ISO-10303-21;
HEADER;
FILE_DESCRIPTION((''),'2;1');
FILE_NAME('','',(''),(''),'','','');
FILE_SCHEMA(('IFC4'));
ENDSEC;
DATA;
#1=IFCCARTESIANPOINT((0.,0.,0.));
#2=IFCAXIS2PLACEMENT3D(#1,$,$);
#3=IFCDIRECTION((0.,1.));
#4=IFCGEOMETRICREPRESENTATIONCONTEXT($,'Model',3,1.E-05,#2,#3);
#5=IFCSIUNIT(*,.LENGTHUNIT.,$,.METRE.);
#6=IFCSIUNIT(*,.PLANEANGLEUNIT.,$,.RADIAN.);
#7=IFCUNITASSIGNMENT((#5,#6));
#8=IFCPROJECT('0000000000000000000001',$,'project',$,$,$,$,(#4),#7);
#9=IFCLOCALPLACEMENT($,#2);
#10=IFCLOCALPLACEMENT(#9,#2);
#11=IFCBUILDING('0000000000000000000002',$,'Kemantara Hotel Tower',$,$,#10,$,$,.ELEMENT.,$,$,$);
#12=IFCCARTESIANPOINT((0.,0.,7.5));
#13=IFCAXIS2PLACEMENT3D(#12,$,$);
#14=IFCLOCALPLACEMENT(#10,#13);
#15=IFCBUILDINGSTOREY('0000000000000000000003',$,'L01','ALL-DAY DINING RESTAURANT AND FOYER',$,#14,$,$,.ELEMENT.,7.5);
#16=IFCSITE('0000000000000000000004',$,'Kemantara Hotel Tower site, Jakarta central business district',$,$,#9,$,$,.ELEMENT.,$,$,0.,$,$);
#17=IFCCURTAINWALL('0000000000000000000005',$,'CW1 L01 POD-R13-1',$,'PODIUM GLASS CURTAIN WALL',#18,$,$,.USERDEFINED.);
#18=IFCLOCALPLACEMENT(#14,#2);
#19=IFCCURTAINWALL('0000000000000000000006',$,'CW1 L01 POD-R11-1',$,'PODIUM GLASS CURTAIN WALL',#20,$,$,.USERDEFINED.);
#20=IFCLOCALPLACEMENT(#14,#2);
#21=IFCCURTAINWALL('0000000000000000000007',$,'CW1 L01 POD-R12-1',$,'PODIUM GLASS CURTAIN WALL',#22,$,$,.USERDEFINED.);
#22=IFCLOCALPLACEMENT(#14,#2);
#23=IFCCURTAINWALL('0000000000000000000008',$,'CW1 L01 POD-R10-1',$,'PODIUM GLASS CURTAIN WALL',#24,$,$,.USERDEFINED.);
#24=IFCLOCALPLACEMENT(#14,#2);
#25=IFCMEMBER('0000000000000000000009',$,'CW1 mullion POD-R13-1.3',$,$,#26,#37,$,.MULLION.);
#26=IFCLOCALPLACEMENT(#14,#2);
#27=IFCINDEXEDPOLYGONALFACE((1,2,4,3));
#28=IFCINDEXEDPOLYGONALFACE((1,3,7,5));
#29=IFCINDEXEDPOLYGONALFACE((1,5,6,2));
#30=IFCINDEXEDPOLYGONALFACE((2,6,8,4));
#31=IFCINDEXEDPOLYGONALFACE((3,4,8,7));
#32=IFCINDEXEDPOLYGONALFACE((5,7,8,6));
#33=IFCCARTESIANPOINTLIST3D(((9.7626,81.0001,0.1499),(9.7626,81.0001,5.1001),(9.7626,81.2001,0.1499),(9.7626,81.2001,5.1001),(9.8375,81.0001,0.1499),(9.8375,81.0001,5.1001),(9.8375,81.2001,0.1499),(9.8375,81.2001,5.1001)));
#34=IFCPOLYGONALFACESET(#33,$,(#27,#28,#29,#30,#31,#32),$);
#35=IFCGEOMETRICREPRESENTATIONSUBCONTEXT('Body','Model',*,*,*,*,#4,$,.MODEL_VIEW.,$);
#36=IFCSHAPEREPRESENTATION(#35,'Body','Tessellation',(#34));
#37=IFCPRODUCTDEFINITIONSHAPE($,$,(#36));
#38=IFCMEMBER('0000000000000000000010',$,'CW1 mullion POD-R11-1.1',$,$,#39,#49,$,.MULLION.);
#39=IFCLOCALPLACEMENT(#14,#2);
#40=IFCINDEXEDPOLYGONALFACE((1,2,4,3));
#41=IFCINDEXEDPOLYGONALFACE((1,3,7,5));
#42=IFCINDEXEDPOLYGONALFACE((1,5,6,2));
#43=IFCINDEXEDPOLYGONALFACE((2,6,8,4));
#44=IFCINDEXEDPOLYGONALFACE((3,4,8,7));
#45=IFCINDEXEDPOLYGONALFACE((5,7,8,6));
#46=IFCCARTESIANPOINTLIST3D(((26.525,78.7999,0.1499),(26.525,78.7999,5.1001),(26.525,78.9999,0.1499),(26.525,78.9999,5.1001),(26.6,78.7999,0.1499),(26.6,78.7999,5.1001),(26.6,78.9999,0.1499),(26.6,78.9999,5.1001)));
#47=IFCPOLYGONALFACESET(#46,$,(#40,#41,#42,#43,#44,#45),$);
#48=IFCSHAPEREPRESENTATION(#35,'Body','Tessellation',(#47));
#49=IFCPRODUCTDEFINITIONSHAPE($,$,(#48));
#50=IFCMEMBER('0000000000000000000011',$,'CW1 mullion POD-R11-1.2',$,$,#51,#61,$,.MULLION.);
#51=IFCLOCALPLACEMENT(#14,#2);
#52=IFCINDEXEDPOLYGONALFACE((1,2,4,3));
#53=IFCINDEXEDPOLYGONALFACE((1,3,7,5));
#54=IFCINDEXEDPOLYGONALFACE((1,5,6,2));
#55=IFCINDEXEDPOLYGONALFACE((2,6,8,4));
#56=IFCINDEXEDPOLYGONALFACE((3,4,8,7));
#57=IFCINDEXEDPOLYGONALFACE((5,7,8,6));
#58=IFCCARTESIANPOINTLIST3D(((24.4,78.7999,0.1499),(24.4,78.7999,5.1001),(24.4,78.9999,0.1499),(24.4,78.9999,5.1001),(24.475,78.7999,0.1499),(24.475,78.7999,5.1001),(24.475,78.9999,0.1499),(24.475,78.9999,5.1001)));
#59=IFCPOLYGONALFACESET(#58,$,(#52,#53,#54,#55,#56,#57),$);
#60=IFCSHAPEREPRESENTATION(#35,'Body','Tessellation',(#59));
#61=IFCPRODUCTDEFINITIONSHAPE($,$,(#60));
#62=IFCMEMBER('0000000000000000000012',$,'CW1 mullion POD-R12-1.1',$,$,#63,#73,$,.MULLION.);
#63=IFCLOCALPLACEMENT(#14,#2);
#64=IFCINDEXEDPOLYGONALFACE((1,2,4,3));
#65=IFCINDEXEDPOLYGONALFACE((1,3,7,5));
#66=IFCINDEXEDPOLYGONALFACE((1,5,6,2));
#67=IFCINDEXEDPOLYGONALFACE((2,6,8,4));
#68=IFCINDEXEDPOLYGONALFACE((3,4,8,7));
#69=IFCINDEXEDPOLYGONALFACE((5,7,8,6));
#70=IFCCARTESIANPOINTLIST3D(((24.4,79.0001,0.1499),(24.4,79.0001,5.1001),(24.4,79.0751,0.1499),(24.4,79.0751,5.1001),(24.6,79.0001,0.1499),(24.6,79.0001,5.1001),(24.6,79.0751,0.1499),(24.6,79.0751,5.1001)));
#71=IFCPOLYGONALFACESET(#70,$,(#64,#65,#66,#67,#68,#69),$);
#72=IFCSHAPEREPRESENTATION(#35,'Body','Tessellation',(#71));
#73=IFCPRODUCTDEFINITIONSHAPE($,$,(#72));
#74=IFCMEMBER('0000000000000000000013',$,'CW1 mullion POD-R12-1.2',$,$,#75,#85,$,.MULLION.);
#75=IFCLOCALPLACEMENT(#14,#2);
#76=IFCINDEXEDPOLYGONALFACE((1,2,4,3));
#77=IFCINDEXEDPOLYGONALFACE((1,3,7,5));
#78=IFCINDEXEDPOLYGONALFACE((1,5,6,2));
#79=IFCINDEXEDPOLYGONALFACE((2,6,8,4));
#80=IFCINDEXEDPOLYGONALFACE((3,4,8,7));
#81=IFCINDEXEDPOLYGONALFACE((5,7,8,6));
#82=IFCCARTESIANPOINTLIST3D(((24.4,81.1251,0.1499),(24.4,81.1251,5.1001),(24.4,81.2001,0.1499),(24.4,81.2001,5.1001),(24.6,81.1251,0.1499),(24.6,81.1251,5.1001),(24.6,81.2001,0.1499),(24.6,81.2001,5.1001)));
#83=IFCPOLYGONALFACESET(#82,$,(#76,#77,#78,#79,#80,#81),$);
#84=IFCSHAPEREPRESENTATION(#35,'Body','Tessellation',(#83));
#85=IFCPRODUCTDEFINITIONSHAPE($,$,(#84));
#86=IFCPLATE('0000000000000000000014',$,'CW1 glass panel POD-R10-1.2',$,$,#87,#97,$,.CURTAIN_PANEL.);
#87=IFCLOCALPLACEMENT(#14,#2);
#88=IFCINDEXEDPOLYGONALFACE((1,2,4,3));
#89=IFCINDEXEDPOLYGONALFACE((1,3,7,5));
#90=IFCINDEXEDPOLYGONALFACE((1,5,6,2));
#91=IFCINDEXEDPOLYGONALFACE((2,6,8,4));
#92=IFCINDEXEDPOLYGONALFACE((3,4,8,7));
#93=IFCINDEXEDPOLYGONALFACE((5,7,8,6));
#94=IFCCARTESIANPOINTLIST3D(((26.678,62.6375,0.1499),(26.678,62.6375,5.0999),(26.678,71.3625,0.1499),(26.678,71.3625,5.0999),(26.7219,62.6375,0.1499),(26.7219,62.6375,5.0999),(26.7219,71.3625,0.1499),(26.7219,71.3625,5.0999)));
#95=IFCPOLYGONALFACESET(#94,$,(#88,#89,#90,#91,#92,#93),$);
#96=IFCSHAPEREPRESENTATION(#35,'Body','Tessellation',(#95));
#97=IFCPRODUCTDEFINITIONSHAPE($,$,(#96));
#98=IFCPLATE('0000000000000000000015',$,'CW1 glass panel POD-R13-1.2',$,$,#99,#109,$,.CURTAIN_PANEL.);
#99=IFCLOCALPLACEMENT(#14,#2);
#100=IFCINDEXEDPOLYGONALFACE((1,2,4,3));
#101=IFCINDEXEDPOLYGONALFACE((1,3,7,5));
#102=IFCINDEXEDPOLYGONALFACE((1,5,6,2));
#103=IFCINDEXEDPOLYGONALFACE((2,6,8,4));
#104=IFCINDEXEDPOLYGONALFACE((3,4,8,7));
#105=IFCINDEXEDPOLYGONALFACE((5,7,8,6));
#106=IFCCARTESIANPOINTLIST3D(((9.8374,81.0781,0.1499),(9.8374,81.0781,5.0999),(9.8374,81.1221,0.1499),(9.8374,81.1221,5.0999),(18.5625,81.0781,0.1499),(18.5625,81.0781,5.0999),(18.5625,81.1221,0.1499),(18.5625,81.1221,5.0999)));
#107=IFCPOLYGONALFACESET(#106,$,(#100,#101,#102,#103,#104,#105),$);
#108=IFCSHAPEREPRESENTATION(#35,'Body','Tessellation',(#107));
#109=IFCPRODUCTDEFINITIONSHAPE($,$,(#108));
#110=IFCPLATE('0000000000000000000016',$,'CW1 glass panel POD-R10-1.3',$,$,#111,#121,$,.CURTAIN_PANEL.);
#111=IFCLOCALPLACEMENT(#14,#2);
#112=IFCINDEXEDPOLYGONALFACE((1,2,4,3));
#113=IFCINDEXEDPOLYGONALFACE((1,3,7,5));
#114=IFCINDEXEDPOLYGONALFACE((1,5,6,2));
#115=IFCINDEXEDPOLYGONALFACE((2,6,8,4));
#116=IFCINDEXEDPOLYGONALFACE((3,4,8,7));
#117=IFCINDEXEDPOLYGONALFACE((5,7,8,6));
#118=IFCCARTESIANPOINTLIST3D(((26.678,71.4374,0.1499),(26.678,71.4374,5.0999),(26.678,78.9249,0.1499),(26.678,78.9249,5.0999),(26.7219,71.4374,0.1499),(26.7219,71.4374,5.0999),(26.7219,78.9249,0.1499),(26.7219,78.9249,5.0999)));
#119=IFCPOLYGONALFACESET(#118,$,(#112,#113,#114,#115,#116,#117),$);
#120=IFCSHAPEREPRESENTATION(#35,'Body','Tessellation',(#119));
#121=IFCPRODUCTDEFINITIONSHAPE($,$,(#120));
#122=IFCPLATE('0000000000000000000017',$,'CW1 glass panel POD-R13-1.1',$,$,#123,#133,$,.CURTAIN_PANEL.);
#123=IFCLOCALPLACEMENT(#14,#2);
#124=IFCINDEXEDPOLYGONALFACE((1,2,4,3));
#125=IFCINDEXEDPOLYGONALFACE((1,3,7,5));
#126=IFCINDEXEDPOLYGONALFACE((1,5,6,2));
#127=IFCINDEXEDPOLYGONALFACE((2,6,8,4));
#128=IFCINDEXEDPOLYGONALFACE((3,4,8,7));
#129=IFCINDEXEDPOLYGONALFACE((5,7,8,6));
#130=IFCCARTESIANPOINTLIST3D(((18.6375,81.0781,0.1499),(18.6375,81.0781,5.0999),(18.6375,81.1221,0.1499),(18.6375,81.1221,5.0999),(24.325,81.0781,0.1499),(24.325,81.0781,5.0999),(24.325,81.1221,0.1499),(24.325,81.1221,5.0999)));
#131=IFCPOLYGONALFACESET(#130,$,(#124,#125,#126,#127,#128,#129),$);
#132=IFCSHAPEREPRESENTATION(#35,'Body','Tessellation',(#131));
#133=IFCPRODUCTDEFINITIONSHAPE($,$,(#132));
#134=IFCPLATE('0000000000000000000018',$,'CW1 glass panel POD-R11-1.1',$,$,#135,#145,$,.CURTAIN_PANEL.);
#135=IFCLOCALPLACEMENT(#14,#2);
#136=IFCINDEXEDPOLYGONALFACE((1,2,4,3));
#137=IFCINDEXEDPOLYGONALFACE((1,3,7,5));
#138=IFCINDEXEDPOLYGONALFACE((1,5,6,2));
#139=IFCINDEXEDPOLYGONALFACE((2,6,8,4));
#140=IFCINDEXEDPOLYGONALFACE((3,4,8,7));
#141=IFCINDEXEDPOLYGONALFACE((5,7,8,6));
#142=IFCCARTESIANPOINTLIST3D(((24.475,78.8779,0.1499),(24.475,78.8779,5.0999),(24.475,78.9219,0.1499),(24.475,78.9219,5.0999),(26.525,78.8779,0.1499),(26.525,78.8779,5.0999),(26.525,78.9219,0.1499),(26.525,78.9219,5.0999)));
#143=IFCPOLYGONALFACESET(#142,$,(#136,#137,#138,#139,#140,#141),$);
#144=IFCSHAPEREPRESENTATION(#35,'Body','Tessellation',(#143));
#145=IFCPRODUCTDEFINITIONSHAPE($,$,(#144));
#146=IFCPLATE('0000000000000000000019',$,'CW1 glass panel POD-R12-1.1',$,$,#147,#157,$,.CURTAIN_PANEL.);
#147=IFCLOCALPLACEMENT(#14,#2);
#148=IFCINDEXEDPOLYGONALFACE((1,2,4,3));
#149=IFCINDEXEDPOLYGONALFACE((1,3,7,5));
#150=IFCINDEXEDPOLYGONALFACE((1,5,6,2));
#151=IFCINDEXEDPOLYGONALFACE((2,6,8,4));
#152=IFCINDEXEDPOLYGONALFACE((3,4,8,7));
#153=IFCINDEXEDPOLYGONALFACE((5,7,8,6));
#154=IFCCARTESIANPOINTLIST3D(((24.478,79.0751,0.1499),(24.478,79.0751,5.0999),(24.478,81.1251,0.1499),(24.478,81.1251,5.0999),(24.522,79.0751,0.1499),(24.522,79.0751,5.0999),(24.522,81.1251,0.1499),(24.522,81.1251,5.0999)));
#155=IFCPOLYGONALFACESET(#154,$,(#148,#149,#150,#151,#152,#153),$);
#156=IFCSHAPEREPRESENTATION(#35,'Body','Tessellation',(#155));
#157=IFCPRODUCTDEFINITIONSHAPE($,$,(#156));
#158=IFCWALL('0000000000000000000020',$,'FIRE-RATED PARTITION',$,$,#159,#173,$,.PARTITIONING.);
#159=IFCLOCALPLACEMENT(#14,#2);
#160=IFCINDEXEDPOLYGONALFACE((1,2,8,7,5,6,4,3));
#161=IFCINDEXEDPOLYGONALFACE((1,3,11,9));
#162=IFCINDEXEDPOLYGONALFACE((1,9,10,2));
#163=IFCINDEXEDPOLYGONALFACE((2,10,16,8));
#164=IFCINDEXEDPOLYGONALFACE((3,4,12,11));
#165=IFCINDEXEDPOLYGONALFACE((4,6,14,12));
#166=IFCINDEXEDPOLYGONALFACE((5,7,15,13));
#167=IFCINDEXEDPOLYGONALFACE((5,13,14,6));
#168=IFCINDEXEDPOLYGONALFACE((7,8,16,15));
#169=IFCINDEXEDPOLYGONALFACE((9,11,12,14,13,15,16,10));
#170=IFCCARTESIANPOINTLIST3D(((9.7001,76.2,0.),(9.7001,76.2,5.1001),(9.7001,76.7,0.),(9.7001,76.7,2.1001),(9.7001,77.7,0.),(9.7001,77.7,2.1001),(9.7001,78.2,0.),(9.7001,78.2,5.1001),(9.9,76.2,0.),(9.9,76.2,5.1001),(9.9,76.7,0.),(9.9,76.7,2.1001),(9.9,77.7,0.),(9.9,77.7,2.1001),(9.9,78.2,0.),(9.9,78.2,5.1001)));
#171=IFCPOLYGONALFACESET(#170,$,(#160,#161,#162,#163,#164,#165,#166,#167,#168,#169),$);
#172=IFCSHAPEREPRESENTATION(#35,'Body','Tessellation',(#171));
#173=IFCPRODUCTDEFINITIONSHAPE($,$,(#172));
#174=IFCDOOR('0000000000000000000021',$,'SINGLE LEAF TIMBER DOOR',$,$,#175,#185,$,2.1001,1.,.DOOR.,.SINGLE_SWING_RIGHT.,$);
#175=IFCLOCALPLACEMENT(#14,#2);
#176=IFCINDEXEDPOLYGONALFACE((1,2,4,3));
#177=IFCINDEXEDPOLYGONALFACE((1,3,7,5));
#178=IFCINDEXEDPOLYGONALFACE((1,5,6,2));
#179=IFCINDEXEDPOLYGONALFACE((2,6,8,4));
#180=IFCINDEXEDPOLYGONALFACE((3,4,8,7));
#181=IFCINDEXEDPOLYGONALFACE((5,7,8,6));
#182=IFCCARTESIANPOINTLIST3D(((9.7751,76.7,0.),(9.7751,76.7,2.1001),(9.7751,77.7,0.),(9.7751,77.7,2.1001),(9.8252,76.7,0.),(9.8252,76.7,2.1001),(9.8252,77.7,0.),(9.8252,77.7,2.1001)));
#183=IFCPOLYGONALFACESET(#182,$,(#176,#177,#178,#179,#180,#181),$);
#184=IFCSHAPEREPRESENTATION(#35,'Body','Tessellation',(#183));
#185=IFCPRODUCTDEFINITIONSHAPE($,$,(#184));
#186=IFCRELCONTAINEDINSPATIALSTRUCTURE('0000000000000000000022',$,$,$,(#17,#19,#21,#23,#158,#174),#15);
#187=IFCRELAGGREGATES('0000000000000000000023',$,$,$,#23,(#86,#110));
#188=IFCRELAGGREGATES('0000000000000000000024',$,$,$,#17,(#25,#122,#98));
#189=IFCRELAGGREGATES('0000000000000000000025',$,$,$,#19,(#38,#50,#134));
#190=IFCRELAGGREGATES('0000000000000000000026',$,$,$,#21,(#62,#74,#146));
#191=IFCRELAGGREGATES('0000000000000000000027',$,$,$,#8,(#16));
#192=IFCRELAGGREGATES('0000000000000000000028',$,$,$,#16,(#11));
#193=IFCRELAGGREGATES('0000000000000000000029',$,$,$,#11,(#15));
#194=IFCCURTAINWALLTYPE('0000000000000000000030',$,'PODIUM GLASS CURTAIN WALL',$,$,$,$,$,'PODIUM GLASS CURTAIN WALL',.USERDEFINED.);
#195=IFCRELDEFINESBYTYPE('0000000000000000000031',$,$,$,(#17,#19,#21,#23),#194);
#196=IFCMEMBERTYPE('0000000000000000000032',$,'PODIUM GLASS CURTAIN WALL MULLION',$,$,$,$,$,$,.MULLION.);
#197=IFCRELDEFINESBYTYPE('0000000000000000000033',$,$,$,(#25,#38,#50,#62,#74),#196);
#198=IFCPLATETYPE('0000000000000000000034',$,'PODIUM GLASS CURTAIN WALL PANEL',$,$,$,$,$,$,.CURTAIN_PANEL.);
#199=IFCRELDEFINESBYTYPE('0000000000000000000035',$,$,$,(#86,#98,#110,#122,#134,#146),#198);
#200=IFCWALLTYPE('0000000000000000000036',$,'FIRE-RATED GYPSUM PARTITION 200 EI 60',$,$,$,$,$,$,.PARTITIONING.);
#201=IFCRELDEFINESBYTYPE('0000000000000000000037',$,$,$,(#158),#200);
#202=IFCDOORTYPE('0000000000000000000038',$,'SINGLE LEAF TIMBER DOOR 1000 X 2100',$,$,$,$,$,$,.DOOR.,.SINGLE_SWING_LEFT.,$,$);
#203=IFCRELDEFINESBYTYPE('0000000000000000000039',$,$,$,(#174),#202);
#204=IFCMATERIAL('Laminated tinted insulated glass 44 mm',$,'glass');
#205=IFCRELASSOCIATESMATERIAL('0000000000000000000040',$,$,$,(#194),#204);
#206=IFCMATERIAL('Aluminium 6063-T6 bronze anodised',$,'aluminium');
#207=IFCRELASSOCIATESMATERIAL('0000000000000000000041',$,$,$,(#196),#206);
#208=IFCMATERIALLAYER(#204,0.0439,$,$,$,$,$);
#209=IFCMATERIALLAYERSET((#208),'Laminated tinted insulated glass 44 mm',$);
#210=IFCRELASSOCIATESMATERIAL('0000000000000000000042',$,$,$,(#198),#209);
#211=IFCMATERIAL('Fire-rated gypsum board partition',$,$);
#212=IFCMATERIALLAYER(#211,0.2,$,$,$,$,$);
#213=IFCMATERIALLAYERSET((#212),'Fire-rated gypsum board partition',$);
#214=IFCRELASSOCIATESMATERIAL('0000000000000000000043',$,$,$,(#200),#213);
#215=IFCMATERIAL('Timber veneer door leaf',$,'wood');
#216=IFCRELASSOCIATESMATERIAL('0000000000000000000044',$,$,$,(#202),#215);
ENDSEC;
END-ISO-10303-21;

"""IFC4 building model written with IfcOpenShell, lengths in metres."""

from ifc_helpers import new_model, si_unit, direction, frame, frame_2d, origin, origin_2d, place, context, subcontext, project, spatial, rectangle, extrude, source, transform, mapped, material, layer, layer_set, material_profile, profile_set, type_object, element, fill, aggregate, save


model = new_model("IFC4")

# Units and contexts
model_context = context("Model", 3, precision=1e-05, world=origin(), true_north=direction((0.0, 1.0)))
body_context = subcontext(model_context, "Body", "Model", "MODEL_VIEW")
ifc_project = project(units=[si_unit("LENGTHUNIT", "METRE"), si_unit("PLANEANGLEUNIT", "RADIAN")], contexts=[model_context])

# Site, building, storey
site_placement = place(None, origin())
site = spatial("IfcSite", under=ifc_project, at=site_placement, Name="Kemantara Hotel Tower site, Jakarta central business district", CompositionType="ELEMENT", RefElevation=0.0)
building_placement = place(site_placement, origin())
building = spatial("IfcBuilding", under=site, at=building_placement, Name="Kemantara Hotel Tower", CompositionType="ELEMENT")
storey_placement = place(building_placement, frame((0.0, 0.0, 7.5)))
storey = spatial("IfcBuildingStorey", under=building, at=storey_placement, Name="L01", Description="ALL-DAY DINING RESTAURANT AND FOYER", CompositionType="ELEMENT", Elevation=7.5)

# Curtain walls
ifc_material_1 = material(Name="Laminated tinted insulated glass 44 mm", Category="glass")
curtain_wall_type = type_object("IfcCurtainWallType", Name="PODIUM GLASS CURTAIN WALL", ElementType="PODIUM GLASS CURTAIN WALL", PredefinedType="USERDEFINED", material=ifc_material_1)
curtain_wall_1_placement = place(storey_placement, origin())
curtain_wall_1 = element("IfcCurtainWall", 1, at=curtain_wall_1_placement, inside=storey, type_object=curtain_wall_type, Name="CW1 L01 POD-R13-1", ObjectType="PODIUM GLASS CURTAIN WALL", PredefinedType="USERDEFINED")
ifc_material_2 = material(Name="Aluminium 6063-T6 bronze anodised", Category="aluminium")
curtain_wall_2_placement = place(storey_placement, origin())
curtain_wall_2 = element("IfcCurtainWall", 2, at=curtain_wall_2_placement, inside=storey, type_object=curtain_wall_type, Name="CW1 L01 POD-R11-1", ObjectType="PODIUM GLASS CURTAIN WALL", PredefinedType="USERDEFINED")
curtain_wall_3_placement = place(storey_placement, origin())
curtain_wall_3 = element("IfcCurtainWall", 3, at=curtain_wall_3_placement, inside=storey, type_object=curtain_wall_type, Name="CW1 L01 POD-R12-1", ObjectType="PODIUM GLASS CURTAIN WALL", PredefinedType="USERDEFINED")

# Curtain wall
curtain_wall_4_placement = place(storey_placement, origin())
curtain_wall_4 = element("IfcCurtainWall", 4, at=curtain_wall_4_placement, inside=storey, type_object=curtain_wall_type, Name="CW1 L01 POD-R10-1", ObjectType="PODIUM GLASS CURTAIN WALL", PredefinedType="USERDEFINED")
ifc_material_profile_1 = material_profile(ifc_material_2, rectangle(XDim=0.2, YDim=0.075, at=origin_2d()), Name="PODIUM GLASS CURTAIN WALL MULLION")
ifc_profile_set_1 = profile_set([ifc_material_profile_1], Name="Aluminium 6063-T6 bronze anodised")
member_type_1 = type_object("IfcMemberType", Name="PODIUM GLASS CURTAIN WALL MULLION", PredefinedType="MULLION", material=ifc_profile_set_1)
shared_shape_1 = source(origin(), body_context, "Body", "SweptSolid", [
    extrude(rectangle(XDim=0.2, YDim=0.075, at=origin_2d()), origin(), (0.0, 0.0, 1.0), 4.9502),
])

# Members
member_1_placement = place(storey_placement, frame((9.8, 81.1001, 0.1499), z_axis=(0.0, 0.0, 1.0), x_axis=(0.0, -1.0, 0.0)))
member_1 = element("IfcMember", 5, at=member_1_placement, type_object=member_type_1, Name="CW1 mullion POD-R13-1.3", PredefinedType="MULLION", context=body_context, shape_type="MappedRepresentation", body=[
    mapped(shared_shape_1, transform((0.0, 0.0, 0.0))),
])
member_2_placement = place(storey_placement, frame((26.5625, 78.8999, 0.1499), z_axis=(0.0, 0.0, 1.0), x_axis=(0.0, -1.0, 0.0)))
member_2 = element("IfcMember", 6, at=member_2_placement, type_object=member_type_1, Name="CW1 mullion POD-R11-1.1", PredefinedType="MULLION", context=body_context, shape_type="MappedRepresentation", body=[
    mapped(shared_shape_1, transform((0.0, 0.0, 0.0))),
])
member_3_placement = place(storey_placement, frame((24.4375, 78.8999, 0.1499), z_axis=(0.0, 0.0, 1.0), x_axis=(0.0, -1.0, 0.0)))
member_3 = element("IfcMember", 7, at=member_3_placement, type_object=member_type_1, Name="CW1 mullion POD-R11-1.2", PredefinedType="MULLION", context=body_context, shape_type="MappedRepresentation", body=[
    mapped(shared_shape_1, transform((0.0, 0.0, 0.0))),
])
member_4_placement = place(storey_placement, frame((24.5, 79.0376, 0.1499), z_axis=(0.0, 0.0, 1.0), x_axis=(-1.0, 0.0, 0.0)))
member_4 = element("IfcMember", 8, at=member_4_placement, type_object=member_type_1, Name="CW1 mullion POD-R12-1.1", PredefinedType="MULLION", context=body_context, shape_type="MappedRepresentation", body=[
    mapped(shared_shape_1, transform((0.0, 0.0, 0.0))),
])
member_5_placement = place(storey_placement, frame((24.5, 81.1626, 0.1499), z_axis=(0.0, 0.0, 1.0), x_axis=(-1.0, 0.0, 0.0)))
member_5 = element("IfcMember", 9, at=member_5_placement, type_object=member_type_1, Name="CW1 mullion POD-R12-1.2", PredefinedType="MULLION", context=body_context, shape_type="MappedRepresentation", body=[
    mapped(shared_shape_1, transform((0.0, 0.0, 0.0))),
])

# Plates
ifc_layer_1 = layer(ifc_material_1, 0.0439)
ifc_layer_set_1 = layer_set([ifc_layer_1], Name="Laminated tinted insulated glass 44 mm")
plate_type = type_object("IfcPlateType", Name="PODIUM GLASS CURTAIN WALL PANEL", PredefinedType="CURTAIN_PANEL", material=ifc_layer_set_1)
shared_shape_2 = source(origin(), body_context, "Body", "SweptSolid", [
    extrude(rectangle(XDim=8.7251, YDim=0.0439, at=origin_2d()), origin(), (0.0, 0.0, 1.0), 4.95),
])
plate_1_placement = place(storey_placement, frame((26.7, 67.0, 0.1499), z_axis=(0.0, 0.0, 1.0), x_axis=(0.0, 1.0, 0.0)))
plate_1 = element("IfcPlate", 10, at=plate_1_placement, type_object=plate_type, Name="CW1 glass panel POD-R10-1.2", PredefinedType="CURTAIN_PANEL", context=body_context, shape_type="MappedRepresentation", body=[
    mapped(shared_shape_2, transform((0.0, 0.0, 0.0))),
])
plate_2_placement = place(storey_placement, frame((14.2, 81.1001, 0.1499), z_axis=(0.0, 0.0, 1.0), x_axis=(-1.0, 0.0, 0.0)))
plate_2 = element("IfcPlate", 11, at=plate_2_placement, type_object=plate_type, Name="CW1 glass panel POD-R13-1.2", PredefinedType="CURTAIN_PANEL", context=body_context, shape_type="MappedRepresentation", body=[
    mapped(shared_shape_2, transform((0.0, 0.0, 0.0))),
])
shared_shape_3 = source(origin(), body_context, "Body", "SweptSolid", [
    extrude(rectangle(XDim=7.4875, YDim=0.0439, at=origin_2d()), origin(), (0.0, 0.0, 1.0), 4.95),
])
plate_3_placement = place(storey_placement, frame((26.7, 75.1812, 0.1499), z_axis=(0.0, 0.0, 1.0), x_axis=(0.0, 1.0, 0.0)))
plate_3 = element("IfcPlate", 12, at=plate_3_placement, type_object=plate_type, Name="CW1 glass panel POD-R10-1.3", PredefinedType="CURTAIN_PANEL", context=body_context, shape_type="MappedRepresentation", body=[
    mapped(shared_shape_3, transform((0.0, 0.0, 0.0))),
])
aggregate(curtain_wall_4, [plate_1, plate_3])
shared_shape_4 = source(origin(), body_context, "Body", "SweptSolid", [
    extrude(rectangle(XDim=5.6875, YDim=0.0439, at=origin_2d()), origin(), (0.0, 0.0, 1.0), 4.95),
])
plate_4_placement = place(storey_placement, frame((21.4812, 81.1001, 0.1499), z_axis=(0.0, 0.0, 1.0), x_axis=(-1.0, 0.0, 0.0)))
plate_4 = element("IfcPlate", 13, at=plate_4_placement, type_object=plate_type, Name="CW1 glass panel POD-R13-1.1", PredefinedType="CURTAIN_PANEL", context=body_context, shape_type="MappedRepresentation", body=[
    mapped(shared_shape_4, transform((0.0, 0.0, 0.0))),
])
aggregate(curtain_wall_1, [member_1, plate_4, plate_2])
shared_shape_5 = source(origin(), body_context, "Body", "SweptSolid", [
    extrude(rectangle(XDim=2.05, YDim=0.0439, at=origin_2d()), origin(), (0.0, 0.0, 1.0), 4.95),
])
plate_5_placement = place(storey_placement, frame((25.5, 78.8999, 0.1499), z_axis=(0.0, 0.0, 1.0), x_axis=(-1.0, 0.0, 0.0)))
plate_5 = element("IfcPlate", 14, at=plate_5_placement, type_object=plate_type, Name="CW1 glass panel POD-R11-1.1", PredefinedType="CURTAIN_PANEL", context=body_context, shape_type="MappedRepresentation", body=[
    mapped(shared_shape_5, transform((0.0, 0.0, 0.0))),
])
aggregate(curtain_wall_2, [member_2, member_3, plate_5])
plate_6_placement = place(storey_placement, frame((24.5, 80.1001, 0.1499), z_axis=(0.0, 0.0, 1.0), x_axis=(0.0, 1.0, 0.0)))
plate_6 = element("IfcPlate", 15, at=plate_6_placement, type_object=plate_type, Name="CW1 glass panel POD-R12-1.1", PredefinedType="CURTAIN_PANEL", context=body_context, shape_type="MappedRepresentation", body=[
    mapped(shared_shape_5, transform((0.0, 0.0, 0.0))),
])
aggregate(curtain_wall_3, [member_4, member_5, plate_6])

# Wall, opening, door
ifc_material_3 = material(Name="Fire-rated gypsum board partition")
ifc_layer_2 = layer(ifc_material_3, 0.2)
ifc_layer_set_2 = layer_set([ifc_layer_2], Name="Fire-rated gypsum board partition")
wall_type_1 = type_object("IfcWallType", Name="FIRE-RATED GYPSUM PARTITION 200 EI 60", PredefinedType="PARTITIONING", material=ifc_layer_set_2)
wall_placement = place(storey_placement, frame((9.8, 76.2, 0.0), z_axis=(0.0, 0.0, 1.0), x_axis=(0.0, 1.0, 0.0)))
wall = element("IfcWall", 16, at=wall_placement, inside=storey, type_object=wall_type_1, Name="FIRE-RATED PARTITION", PredefinedType="PARTITIONING", context=body_context, shape_type="SweptSolid", body=[
    extrude(rectangle(XDim=2.0, YDim=0.2, at=frame_2d((1.0, 0.0))), origin(), (0.0, 0.0, 1.0), 5.1001),
])
opening_placement = place(wall_placement, frame((0.5, 0.0, 0.0)))
opening = element("IfcOpeningElement", 17, at=opening_placement, cuts=wall, PredefinedType="OPENING", context=body_context, shape_type="SweptSolid", body=[
    extrude(rectangle(XDim=1.0, YDim=2.1001, at=frame_2d((0.5, 1.05))), frame((0.0, 0.1099, 0.0), z_axis=(0.0, -1.0, 0.0), x_axis=(1.0, 0.0, 0.0)), (0.0, 0.0, 1.0), 0.22),
])
ifc_material_4 = material(Name="Timber veneer door leaf", Category="wood")
door_type = type_object("IfcDoorType", Name="SINGLE LEAF TIMBER DOOR 1000 X 2100", OperationType="SINGLE_SWING_LEFT", PredefinedType="DOOR", material=ifc_material_4)
door_placement = place(opening_placement, origin())
door = element("IfcDoor", 18, at=door_placement, inside=storey, type_object=door_type, Name="SINGLE LEAF TIMBER DOOR", OperationType="SINGLE_SWING_RIGHT", OverallHeight=2.1001, OverallWidth=1.0, PredefinedType="DOOR", context=body_context, shape_type="SweptSolid", body=[
    extrude(rectangle(XDim=1.0, YDim=2.1001, at=frame_2d((0.5, 1.05))), frame((0.0, 0.0249, 0.0), z_axis=(0.0, -1.0, 0.0), x_axis=(1.0, 0.0, 0.0)), (0.0, 0.0, 1.0), 0.05),
])
fill(opening, door)

save(model, "model.ifc")
